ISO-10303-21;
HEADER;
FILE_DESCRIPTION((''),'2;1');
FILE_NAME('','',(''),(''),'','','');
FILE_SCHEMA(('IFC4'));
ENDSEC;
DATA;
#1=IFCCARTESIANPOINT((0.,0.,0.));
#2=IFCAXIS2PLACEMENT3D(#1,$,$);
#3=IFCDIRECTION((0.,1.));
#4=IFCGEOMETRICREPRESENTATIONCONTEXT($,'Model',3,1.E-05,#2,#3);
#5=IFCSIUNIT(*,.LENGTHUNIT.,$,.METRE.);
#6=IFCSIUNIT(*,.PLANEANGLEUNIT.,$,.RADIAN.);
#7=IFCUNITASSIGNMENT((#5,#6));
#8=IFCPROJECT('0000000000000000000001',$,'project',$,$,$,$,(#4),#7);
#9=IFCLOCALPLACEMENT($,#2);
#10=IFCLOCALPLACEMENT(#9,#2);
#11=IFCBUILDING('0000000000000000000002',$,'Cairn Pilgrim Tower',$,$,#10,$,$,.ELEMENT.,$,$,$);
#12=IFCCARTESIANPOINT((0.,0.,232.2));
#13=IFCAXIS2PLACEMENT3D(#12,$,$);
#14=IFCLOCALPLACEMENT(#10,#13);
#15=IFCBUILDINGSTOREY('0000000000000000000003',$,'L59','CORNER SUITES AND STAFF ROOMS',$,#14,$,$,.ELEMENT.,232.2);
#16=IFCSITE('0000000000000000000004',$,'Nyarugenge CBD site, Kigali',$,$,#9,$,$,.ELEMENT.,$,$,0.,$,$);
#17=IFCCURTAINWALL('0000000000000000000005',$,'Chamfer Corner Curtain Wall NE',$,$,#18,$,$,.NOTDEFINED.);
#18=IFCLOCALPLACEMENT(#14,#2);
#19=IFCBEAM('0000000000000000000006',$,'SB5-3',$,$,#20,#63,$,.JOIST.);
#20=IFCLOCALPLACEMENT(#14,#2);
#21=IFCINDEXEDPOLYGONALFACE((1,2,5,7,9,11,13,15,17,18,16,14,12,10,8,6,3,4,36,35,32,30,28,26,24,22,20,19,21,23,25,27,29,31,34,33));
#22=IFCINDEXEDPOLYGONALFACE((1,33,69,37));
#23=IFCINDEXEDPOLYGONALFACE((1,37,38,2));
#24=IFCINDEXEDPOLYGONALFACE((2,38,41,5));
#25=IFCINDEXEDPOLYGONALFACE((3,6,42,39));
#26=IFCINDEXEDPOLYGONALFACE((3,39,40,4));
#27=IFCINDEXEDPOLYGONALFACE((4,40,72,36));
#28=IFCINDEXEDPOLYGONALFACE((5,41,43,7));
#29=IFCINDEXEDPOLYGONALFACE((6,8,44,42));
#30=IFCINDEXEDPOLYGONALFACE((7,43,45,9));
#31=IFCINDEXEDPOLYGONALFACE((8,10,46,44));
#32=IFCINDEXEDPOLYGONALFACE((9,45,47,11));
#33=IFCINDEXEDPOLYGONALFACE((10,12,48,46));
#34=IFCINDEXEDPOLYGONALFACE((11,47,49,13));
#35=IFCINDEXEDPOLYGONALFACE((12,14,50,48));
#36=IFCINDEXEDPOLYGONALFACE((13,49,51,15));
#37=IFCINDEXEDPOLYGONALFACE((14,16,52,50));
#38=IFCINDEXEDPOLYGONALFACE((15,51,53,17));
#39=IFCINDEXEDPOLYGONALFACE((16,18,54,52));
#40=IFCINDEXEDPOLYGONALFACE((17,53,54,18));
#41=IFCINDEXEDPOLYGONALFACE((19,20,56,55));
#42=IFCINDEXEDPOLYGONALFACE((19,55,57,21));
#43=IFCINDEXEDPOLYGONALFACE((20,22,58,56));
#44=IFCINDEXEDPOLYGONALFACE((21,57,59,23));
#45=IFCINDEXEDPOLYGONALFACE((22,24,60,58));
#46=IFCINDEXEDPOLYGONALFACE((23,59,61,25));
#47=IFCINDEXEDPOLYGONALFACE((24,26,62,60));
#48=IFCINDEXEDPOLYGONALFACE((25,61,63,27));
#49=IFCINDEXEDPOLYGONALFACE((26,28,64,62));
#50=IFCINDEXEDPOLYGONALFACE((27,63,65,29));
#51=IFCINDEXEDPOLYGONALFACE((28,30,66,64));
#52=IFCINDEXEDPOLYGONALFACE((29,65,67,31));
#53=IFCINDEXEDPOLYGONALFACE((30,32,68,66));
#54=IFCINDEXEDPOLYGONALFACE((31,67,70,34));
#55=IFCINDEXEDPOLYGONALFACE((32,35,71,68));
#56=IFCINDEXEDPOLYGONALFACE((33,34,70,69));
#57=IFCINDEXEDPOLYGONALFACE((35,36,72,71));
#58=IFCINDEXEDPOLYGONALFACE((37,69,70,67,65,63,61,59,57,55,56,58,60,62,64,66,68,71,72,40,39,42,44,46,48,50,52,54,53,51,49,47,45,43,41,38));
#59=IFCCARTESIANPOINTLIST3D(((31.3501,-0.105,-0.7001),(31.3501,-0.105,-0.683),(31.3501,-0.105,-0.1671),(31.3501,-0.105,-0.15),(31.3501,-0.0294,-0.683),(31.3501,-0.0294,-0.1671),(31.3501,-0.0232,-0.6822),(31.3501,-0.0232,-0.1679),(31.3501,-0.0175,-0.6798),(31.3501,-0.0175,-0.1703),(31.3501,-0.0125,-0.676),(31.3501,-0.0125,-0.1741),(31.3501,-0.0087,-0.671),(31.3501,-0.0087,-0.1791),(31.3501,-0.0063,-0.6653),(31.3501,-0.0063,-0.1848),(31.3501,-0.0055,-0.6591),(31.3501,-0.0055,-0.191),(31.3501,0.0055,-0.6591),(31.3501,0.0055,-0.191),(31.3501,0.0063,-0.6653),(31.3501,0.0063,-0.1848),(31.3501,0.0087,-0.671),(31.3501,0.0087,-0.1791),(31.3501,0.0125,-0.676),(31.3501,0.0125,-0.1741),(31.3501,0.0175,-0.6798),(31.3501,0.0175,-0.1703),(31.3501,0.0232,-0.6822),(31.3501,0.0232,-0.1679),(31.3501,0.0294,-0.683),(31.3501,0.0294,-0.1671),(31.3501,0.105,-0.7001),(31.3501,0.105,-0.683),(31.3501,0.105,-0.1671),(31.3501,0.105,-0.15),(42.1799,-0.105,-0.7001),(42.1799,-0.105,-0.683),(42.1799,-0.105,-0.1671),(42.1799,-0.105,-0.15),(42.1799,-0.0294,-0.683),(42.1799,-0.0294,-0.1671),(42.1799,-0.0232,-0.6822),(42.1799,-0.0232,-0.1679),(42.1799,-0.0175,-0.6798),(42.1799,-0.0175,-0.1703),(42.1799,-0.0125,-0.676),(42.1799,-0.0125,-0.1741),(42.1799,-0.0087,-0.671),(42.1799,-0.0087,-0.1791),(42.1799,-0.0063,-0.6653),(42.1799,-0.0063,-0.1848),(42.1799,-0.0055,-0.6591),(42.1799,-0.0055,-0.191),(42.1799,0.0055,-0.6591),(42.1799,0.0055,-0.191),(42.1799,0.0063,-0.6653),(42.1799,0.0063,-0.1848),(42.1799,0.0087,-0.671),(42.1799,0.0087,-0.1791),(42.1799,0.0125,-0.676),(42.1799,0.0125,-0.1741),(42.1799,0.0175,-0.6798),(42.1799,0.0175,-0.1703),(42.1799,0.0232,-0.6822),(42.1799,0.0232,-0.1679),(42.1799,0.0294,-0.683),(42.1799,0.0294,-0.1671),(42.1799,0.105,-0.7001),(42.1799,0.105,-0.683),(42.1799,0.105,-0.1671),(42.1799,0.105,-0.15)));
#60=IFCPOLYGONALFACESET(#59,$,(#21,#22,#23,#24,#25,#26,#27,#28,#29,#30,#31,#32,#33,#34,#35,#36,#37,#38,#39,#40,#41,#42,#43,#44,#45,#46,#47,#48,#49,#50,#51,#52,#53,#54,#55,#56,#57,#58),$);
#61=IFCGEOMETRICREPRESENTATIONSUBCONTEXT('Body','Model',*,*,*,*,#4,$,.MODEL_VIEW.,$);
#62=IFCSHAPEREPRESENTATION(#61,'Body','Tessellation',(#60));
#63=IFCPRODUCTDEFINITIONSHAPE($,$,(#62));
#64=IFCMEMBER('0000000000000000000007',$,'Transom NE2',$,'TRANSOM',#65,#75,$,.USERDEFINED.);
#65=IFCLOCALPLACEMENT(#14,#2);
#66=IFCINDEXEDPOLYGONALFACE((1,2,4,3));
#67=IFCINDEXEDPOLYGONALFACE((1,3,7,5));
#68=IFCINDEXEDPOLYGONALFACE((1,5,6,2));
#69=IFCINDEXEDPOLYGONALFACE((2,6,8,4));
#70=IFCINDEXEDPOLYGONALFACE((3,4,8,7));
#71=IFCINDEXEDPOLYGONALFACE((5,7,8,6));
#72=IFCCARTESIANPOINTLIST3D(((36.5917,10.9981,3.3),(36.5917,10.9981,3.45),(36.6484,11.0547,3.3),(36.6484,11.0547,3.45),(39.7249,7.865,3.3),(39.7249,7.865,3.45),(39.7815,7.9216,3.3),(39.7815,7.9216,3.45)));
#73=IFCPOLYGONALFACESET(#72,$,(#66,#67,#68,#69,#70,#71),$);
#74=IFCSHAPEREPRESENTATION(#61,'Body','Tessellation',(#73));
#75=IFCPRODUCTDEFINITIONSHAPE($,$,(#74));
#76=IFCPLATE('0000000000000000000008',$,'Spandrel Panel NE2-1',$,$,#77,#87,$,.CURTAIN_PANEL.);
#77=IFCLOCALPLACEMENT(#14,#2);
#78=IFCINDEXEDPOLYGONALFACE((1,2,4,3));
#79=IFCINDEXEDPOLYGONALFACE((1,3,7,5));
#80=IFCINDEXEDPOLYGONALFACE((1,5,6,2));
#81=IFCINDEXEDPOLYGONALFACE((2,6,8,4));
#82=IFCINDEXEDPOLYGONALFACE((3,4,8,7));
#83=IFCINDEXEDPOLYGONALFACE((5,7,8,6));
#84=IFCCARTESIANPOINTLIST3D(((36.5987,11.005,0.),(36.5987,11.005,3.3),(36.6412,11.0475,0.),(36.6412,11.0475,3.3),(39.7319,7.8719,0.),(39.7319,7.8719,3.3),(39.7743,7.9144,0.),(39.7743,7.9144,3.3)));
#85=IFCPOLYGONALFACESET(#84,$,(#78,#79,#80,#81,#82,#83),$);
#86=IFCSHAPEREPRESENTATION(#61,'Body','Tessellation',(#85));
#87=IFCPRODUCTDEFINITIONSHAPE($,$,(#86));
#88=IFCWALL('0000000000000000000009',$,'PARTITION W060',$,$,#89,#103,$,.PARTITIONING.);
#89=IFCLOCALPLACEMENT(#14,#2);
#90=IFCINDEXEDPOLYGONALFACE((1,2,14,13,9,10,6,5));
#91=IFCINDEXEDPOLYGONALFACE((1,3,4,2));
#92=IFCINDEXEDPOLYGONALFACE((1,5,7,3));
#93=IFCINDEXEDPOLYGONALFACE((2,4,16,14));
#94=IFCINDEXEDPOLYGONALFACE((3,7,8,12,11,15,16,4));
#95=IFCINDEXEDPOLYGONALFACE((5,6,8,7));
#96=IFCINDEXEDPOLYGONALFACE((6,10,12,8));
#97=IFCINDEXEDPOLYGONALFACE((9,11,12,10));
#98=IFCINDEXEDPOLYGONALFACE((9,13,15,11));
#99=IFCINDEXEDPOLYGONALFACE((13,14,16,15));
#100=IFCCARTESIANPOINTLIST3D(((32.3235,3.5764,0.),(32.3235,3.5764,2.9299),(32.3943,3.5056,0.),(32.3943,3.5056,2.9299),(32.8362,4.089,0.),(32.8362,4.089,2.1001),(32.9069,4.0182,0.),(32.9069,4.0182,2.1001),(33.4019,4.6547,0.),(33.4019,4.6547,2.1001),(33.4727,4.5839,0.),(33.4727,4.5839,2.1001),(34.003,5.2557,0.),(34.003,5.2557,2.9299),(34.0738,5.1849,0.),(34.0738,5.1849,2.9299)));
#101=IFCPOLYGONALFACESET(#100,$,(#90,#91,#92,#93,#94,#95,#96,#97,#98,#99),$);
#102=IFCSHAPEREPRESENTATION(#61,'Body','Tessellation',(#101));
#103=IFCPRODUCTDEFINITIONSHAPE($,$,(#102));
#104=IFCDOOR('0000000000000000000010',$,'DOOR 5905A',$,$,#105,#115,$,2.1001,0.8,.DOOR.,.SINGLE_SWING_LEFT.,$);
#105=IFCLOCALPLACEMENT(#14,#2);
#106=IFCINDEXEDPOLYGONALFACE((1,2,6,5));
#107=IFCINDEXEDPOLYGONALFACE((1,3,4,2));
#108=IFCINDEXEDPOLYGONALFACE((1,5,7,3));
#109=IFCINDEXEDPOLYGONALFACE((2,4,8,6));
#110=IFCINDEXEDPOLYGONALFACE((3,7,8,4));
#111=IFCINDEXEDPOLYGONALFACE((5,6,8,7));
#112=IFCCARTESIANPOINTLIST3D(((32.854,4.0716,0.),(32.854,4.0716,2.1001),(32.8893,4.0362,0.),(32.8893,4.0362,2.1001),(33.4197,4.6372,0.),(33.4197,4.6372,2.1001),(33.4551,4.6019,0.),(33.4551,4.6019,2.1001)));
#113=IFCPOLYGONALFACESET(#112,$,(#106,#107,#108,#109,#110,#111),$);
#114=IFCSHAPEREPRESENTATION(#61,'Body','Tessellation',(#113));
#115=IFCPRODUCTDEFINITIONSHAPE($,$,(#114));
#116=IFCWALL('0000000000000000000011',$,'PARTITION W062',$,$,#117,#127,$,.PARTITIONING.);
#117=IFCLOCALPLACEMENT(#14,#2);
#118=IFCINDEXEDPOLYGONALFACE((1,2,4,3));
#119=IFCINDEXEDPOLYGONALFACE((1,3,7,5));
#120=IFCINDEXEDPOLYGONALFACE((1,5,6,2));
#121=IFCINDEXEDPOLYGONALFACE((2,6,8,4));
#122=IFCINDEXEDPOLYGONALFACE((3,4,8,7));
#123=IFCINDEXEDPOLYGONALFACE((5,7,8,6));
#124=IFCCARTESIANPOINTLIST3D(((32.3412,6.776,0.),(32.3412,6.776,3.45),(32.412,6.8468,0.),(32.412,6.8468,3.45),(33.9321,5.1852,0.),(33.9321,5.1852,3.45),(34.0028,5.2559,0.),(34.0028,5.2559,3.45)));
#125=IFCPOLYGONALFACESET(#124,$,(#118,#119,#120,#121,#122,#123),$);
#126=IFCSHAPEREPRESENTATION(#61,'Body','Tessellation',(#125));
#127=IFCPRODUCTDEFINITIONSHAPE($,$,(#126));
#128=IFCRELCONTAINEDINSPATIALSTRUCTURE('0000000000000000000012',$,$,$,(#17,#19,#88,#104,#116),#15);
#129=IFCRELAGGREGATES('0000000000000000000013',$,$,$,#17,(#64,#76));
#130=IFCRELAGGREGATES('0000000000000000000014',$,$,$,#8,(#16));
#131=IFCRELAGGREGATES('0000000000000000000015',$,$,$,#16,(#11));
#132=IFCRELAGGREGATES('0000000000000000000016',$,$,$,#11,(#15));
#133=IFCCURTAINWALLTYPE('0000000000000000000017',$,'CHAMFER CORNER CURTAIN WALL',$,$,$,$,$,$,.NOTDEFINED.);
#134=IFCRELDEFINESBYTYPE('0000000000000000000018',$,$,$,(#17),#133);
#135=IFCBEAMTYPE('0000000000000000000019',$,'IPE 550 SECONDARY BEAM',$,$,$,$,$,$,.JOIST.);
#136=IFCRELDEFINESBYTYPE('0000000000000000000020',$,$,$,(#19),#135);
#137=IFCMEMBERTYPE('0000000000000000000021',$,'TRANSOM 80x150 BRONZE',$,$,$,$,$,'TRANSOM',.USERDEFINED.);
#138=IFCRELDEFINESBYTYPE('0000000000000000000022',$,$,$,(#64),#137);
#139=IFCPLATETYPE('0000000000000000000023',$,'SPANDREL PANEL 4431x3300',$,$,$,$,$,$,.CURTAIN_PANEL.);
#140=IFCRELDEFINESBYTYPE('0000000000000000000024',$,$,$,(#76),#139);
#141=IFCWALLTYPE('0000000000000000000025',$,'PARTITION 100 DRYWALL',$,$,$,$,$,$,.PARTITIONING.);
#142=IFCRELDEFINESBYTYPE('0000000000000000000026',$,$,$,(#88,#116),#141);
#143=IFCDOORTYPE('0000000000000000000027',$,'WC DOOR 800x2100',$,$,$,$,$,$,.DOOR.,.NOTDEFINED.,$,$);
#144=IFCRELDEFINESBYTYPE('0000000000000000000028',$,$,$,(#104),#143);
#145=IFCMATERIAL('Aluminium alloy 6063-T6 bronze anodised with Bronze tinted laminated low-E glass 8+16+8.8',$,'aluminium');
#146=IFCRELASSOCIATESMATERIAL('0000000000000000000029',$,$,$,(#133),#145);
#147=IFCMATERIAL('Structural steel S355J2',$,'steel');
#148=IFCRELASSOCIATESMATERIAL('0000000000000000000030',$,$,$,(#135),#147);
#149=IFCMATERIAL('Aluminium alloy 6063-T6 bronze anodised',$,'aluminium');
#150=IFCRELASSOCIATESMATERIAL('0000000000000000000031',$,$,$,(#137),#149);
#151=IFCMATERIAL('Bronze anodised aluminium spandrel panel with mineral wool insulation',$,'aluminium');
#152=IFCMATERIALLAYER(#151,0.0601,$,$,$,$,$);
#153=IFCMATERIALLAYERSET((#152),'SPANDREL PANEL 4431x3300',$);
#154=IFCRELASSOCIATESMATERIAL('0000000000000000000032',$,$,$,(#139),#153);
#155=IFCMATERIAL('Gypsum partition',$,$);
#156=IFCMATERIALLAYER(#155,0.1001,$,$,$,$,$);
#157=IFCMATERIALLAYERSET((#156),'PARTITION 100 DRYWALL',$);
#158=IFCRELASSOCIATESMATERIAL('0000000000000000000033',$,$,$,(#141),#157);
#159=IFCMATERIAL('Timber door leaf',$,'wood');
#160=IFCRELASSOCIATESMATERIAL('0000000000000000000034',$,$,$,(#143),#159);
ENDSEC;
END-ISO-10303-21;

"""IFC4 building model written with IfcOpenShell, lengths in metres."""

from ifc_helpers import new_model, si_unit, direction, frame, frame_2d, origin, origin_2d, place, context, subcontext, project, spatial, rectangle, i_section, extrude, material, layer, layer_set, material_profile, profile_set, type_object, element, fill, aggregate, save


model = new_model("IFC4")

# Units and contexts
model_context = context("Model", 3, precision=1e-05, world=origin(), true_north=direction((0.0, 1.0)))
body_context = subcontext(model_context, "Body", "Model", "MODEL_VIEW")
ifc_project = project(units=[si_unit("LENGTHUNIT", "METRE"), si_unit("PLANEANGLEUNIT", "RADIAN")], contexts=[model_context])

# Site, building, storey
site_placement = place(None, origin())
site = spatial("IfcSite", under=ifc_project, at=site_placement, Name="Nyarugenge CBD site, Kigali", CompositionType="ELEMENT", RefElevation=0.0)
building_placement = place(site_placement, origin())
building = spatial("IfcBuilding", under=site, at=building_placement, Name="Cairn Pilgrim Tower", CompositionType="ELEMENT")
storey_placement = place(building_placement, frame((0.0, 0.0, 232.2)))
storey = spatial("IfcBuildingStorey", under=building, at=storey_placement, Name="L59", Description="CORNER SUITES AND STAFF ROOMS", CompositionType="ELEMENT", Elevation=232.2)

# Shared definitions
ifc_material_1 = material(Name="Structural steel S355J2", Category="steel")

# Shared definitions
ifc_material_2 = material(Name="Aluminium alloy 6063-T6 bronze anodised with Bronze tinted laminated low-E glass 8+16+8.8", Category="aluminium")
ifc_material_3 = material(Name="Aluminium alloy 6063-T6 bronze anodised", Category="aluminium")

# Curtain wall
curtain_wall_type_1 = type_object("IfcCurtainWallType", Name="CHAMFER CORNER CURTAIN WALL", PredefinedType="NOTDEFINED", material=ifc_material_2)
curtain_wall_1_placement = place(storey_placement, origin())
curtain_wall_1 = element("IfcCurtainWall", 1, at=curtain_wall_1_placement, inside=storey, type_object=curtain_wall_type_1, Name="Chamfer Corner Curtain Wall NE", PredefinedType="NOTDEFINED")

# Beam
ifc_material_profile_1 = material_profile(ifc_material_1, i_section(OverallWidth=0.21, OverallDepth=0.55, WebThickness=0.011, FlangeThickness=0.0171, FilletRadius=0.0239, at=origin_2d()), Name="IPE 550")
ifc_profile_set_1 = profile_set([ifc_material_profile_1], Name="Structural steel S355J2")
beam_type_1 = type_object("IfcBeamType", Name="IPE 550 SECONDARY BEAM", PredefinedType="JOIST", material=ifc_profile_set_1)
beam_1_placement = place(storey_placement, frame((31.3501, 0.0, -0.425), z_axis=(1.0, 0.0, 0.0), x_axis=(0.0, 1.0, 0.0)))
element("IfcBeam", 2, at=beam_1_placement, inside=storey, type_object=beam_type_1, Name="SB5-3", PredefinedType="JOIST", context=body_context, shape_type="SweptSolid", body=[
    extrude(i_section(OverallWidth=0.21, OverallDepth=0.55, WebThickness=0.011, FlangeThickness=0.0171, FilletRadius=0.0239, at=origin_2d()), origin(), (0.0, 0.0, 1.0), 10.8298),
])

# Member
ifc_material_profile_2 = material_profile(ifc_material_3, rectangle(XDim=0.0801, YDim=0.1499, at=origin_2d()), Name="TRANSOM 80x150 BRONZE")
ifc_profile_set_2 = profile_set([ifc_material_profile_2], Name="Aluminium alloy 6063-T6 bronze anodised")
member_type_1 = type_object("IfcMemberType", Name="TRANSOM 80x150 BRONZE", ElementType="TRANSOM", PredefinedType="USERDEFINED", material=ifc_profile_set_2)
member_1_placement = place(storey_placement, frame((39.7532, 7.8933, 3.375), z_axis=(-0.707107, 0.707107, 0.0), x_axis=(-0.707107, -0.707107, 0.0)))
member_1 = element("IfcMember", 3, at=member_1_placement, type_object=member_type_1, Name="Transom NE2", ObjectType="TRANSOM", PredefinedType="USERDEFINED", context=body_context, shape_type="SweptSolid", body=[
    extrude(rectangle(XDim=0.0801, YDim=0.1499, at=origin_2d()), origin(), (0.0, 0.0, 1.0), 4.4309),
])

# Plate
ifc_material_4 = material(Name="Bronze anodised aluminium spandrel panel with mineral wool insulation", Category="aluminium")
ifc_layer_1 = layer(ifc_material_4, 0.0601)
ifc_layer_set_1 = layer_set([ifc_layer_1], Name="SPANDREL PANEL 4431x3300")
plate_type = type_object("IfcPlateType", Name="SPANDREL PANEL 4431x3300", PredefinedType="CURTAIN_PANEL", material=ifc_layer_set_1)
plate_placement = place(storey_placement, frame((38.1865, 9.4597, 0.0), z_axis=(0.0, 0.0, 1.0), x_axis=(-0.707107, 0.707107, 0.0)))
plate = element("IfcPlate", 4, at=plate_placement, type_object=plate_type, Name="Spandrel Panel NE2-1", PredefinedType="CURTAIN_PANEL", context=body_context, shape_type="SweptSolid", body=[
    extrude(rectangle(XDim=4.4309, YDim=0.0601, at=origin_2d()), origin(), (0.0, 0.0, 1.0), 3.3),
])
aggregate(curtain_wall_1, [member_1, plate])

# Wall, opening, door
ifc_material_5 = material(Name="Gypsum partition")
ifc_layer_2 = layer(ifc_material_5, 0.1001)
ifc_layer_set_2 = layer_set([ifc_layer_2], Name="PARTITION 100 DRYWALL")
wall_type_1 = type_object("IfcWallType", Name="PARTITION 100 DRYWALL", PredefinedType="PARTITIONING", material=ifc_layer_set_2)
wall_1_placement = place(storey_placement, frame((32.3589, 3.541, 0.0), z_axis=(0.0, 0.0, 1.0), x_axis=(0.707158, 0.707055, 0.0)))
wall_1 = element("IfcWall", 5, at=wall_1_placement, inside=storey, type_object=wall_type_1, Name="PARTITION W060", PredefinedType="PARTITIONING", context=body_context, shape_type="SweptSolid", body=[
    extrude(rectangle(XDim=2.375, YDim=0.1001, at=frame_2d((1.1875, 0.0))), origin(), (0.0, 0.0, 1.0), 2.9299),
])
opening_1_placement = place(wall_1_placement, frame((0.7251, 0.0, 0.0)))
opening_1 = element("IfcOpeningElement", 6, at=opening_1_placement, cuts=wall_1, PredefinedType="OPENING", context=body_context, shape_type="SweptSolid", body=[
    extrude(rectangle(XDim=0.8, YDim=2.1001, at=frame_2d((0.3999, 1.05))), frame((0.0, 0.0601, 0.0), z_axis=(0.0, -1.0, 0.0), x_axis=(1.0, 0.0, 0.0)), (0.0, 0.0, 1.0), 0.1201),
])
ifc_material_6 = material(Name="Timber door leaf", Category="wood")
door_type_1 = type_object("IfcDoorType", Name="WC DOOR 800x2100", OperationType="NOTDEFINED", PredefinedType="DOOR", material=ifc_material_6)
door_1_placement = place(opening_1_placement, frame((0.8, 0.0, 0.0), z_axis=(0.0, 0.0, 1.0), x_axis=(-1.0, 0.0, 0.0)))
door_1 = element("IfcDoor", 7, at=door_1_placement, inside=storey, type_object=door_type_1, Name="DOOR 5905A", OperationType="SINGLE_SWING_LEFT", OverallHeight=2.1001, OverallWidth=0.8, PredefinedType="DOOR", context=body_context, shape_type="SweptSolid", body=[
    extrude(rectangle(XDim=0.8, YDim=2.1001, at=frame_2d((0.3999, 1.05))), frame((0.0, 0.0249, 0.0), z_axis=(0.0, -1.0, 0.0), x_axis=(1.0, 0.0, 0.0)), (0.0, 0.0, 1.0), 0.05),
])
fill(opening_1, door_1)

# Wall
wall_2_placement = place(storey_placement, frame((33.9675, 5.2205, 0.0), z_axis=(0.0, 0.0, 1.0), x_axis=(-0.707107, 0.707107, 0.0)))
element("IfcWall", 8, at=wall_2_placement, inside=storey, type_object=wall_type_1, Name="PARTITION W062", PredefinedType="PARTITIONING", context=body_context, shape_type="SweptSolid", body=[
    extrude(rectangle(XDim=2.2498, YDim=0.1001, at=frame_2d((1.125, 0.0))), origin(), (0.0, 0.0, 1.0), 3.45),
])

save(model, "model.ifc")
